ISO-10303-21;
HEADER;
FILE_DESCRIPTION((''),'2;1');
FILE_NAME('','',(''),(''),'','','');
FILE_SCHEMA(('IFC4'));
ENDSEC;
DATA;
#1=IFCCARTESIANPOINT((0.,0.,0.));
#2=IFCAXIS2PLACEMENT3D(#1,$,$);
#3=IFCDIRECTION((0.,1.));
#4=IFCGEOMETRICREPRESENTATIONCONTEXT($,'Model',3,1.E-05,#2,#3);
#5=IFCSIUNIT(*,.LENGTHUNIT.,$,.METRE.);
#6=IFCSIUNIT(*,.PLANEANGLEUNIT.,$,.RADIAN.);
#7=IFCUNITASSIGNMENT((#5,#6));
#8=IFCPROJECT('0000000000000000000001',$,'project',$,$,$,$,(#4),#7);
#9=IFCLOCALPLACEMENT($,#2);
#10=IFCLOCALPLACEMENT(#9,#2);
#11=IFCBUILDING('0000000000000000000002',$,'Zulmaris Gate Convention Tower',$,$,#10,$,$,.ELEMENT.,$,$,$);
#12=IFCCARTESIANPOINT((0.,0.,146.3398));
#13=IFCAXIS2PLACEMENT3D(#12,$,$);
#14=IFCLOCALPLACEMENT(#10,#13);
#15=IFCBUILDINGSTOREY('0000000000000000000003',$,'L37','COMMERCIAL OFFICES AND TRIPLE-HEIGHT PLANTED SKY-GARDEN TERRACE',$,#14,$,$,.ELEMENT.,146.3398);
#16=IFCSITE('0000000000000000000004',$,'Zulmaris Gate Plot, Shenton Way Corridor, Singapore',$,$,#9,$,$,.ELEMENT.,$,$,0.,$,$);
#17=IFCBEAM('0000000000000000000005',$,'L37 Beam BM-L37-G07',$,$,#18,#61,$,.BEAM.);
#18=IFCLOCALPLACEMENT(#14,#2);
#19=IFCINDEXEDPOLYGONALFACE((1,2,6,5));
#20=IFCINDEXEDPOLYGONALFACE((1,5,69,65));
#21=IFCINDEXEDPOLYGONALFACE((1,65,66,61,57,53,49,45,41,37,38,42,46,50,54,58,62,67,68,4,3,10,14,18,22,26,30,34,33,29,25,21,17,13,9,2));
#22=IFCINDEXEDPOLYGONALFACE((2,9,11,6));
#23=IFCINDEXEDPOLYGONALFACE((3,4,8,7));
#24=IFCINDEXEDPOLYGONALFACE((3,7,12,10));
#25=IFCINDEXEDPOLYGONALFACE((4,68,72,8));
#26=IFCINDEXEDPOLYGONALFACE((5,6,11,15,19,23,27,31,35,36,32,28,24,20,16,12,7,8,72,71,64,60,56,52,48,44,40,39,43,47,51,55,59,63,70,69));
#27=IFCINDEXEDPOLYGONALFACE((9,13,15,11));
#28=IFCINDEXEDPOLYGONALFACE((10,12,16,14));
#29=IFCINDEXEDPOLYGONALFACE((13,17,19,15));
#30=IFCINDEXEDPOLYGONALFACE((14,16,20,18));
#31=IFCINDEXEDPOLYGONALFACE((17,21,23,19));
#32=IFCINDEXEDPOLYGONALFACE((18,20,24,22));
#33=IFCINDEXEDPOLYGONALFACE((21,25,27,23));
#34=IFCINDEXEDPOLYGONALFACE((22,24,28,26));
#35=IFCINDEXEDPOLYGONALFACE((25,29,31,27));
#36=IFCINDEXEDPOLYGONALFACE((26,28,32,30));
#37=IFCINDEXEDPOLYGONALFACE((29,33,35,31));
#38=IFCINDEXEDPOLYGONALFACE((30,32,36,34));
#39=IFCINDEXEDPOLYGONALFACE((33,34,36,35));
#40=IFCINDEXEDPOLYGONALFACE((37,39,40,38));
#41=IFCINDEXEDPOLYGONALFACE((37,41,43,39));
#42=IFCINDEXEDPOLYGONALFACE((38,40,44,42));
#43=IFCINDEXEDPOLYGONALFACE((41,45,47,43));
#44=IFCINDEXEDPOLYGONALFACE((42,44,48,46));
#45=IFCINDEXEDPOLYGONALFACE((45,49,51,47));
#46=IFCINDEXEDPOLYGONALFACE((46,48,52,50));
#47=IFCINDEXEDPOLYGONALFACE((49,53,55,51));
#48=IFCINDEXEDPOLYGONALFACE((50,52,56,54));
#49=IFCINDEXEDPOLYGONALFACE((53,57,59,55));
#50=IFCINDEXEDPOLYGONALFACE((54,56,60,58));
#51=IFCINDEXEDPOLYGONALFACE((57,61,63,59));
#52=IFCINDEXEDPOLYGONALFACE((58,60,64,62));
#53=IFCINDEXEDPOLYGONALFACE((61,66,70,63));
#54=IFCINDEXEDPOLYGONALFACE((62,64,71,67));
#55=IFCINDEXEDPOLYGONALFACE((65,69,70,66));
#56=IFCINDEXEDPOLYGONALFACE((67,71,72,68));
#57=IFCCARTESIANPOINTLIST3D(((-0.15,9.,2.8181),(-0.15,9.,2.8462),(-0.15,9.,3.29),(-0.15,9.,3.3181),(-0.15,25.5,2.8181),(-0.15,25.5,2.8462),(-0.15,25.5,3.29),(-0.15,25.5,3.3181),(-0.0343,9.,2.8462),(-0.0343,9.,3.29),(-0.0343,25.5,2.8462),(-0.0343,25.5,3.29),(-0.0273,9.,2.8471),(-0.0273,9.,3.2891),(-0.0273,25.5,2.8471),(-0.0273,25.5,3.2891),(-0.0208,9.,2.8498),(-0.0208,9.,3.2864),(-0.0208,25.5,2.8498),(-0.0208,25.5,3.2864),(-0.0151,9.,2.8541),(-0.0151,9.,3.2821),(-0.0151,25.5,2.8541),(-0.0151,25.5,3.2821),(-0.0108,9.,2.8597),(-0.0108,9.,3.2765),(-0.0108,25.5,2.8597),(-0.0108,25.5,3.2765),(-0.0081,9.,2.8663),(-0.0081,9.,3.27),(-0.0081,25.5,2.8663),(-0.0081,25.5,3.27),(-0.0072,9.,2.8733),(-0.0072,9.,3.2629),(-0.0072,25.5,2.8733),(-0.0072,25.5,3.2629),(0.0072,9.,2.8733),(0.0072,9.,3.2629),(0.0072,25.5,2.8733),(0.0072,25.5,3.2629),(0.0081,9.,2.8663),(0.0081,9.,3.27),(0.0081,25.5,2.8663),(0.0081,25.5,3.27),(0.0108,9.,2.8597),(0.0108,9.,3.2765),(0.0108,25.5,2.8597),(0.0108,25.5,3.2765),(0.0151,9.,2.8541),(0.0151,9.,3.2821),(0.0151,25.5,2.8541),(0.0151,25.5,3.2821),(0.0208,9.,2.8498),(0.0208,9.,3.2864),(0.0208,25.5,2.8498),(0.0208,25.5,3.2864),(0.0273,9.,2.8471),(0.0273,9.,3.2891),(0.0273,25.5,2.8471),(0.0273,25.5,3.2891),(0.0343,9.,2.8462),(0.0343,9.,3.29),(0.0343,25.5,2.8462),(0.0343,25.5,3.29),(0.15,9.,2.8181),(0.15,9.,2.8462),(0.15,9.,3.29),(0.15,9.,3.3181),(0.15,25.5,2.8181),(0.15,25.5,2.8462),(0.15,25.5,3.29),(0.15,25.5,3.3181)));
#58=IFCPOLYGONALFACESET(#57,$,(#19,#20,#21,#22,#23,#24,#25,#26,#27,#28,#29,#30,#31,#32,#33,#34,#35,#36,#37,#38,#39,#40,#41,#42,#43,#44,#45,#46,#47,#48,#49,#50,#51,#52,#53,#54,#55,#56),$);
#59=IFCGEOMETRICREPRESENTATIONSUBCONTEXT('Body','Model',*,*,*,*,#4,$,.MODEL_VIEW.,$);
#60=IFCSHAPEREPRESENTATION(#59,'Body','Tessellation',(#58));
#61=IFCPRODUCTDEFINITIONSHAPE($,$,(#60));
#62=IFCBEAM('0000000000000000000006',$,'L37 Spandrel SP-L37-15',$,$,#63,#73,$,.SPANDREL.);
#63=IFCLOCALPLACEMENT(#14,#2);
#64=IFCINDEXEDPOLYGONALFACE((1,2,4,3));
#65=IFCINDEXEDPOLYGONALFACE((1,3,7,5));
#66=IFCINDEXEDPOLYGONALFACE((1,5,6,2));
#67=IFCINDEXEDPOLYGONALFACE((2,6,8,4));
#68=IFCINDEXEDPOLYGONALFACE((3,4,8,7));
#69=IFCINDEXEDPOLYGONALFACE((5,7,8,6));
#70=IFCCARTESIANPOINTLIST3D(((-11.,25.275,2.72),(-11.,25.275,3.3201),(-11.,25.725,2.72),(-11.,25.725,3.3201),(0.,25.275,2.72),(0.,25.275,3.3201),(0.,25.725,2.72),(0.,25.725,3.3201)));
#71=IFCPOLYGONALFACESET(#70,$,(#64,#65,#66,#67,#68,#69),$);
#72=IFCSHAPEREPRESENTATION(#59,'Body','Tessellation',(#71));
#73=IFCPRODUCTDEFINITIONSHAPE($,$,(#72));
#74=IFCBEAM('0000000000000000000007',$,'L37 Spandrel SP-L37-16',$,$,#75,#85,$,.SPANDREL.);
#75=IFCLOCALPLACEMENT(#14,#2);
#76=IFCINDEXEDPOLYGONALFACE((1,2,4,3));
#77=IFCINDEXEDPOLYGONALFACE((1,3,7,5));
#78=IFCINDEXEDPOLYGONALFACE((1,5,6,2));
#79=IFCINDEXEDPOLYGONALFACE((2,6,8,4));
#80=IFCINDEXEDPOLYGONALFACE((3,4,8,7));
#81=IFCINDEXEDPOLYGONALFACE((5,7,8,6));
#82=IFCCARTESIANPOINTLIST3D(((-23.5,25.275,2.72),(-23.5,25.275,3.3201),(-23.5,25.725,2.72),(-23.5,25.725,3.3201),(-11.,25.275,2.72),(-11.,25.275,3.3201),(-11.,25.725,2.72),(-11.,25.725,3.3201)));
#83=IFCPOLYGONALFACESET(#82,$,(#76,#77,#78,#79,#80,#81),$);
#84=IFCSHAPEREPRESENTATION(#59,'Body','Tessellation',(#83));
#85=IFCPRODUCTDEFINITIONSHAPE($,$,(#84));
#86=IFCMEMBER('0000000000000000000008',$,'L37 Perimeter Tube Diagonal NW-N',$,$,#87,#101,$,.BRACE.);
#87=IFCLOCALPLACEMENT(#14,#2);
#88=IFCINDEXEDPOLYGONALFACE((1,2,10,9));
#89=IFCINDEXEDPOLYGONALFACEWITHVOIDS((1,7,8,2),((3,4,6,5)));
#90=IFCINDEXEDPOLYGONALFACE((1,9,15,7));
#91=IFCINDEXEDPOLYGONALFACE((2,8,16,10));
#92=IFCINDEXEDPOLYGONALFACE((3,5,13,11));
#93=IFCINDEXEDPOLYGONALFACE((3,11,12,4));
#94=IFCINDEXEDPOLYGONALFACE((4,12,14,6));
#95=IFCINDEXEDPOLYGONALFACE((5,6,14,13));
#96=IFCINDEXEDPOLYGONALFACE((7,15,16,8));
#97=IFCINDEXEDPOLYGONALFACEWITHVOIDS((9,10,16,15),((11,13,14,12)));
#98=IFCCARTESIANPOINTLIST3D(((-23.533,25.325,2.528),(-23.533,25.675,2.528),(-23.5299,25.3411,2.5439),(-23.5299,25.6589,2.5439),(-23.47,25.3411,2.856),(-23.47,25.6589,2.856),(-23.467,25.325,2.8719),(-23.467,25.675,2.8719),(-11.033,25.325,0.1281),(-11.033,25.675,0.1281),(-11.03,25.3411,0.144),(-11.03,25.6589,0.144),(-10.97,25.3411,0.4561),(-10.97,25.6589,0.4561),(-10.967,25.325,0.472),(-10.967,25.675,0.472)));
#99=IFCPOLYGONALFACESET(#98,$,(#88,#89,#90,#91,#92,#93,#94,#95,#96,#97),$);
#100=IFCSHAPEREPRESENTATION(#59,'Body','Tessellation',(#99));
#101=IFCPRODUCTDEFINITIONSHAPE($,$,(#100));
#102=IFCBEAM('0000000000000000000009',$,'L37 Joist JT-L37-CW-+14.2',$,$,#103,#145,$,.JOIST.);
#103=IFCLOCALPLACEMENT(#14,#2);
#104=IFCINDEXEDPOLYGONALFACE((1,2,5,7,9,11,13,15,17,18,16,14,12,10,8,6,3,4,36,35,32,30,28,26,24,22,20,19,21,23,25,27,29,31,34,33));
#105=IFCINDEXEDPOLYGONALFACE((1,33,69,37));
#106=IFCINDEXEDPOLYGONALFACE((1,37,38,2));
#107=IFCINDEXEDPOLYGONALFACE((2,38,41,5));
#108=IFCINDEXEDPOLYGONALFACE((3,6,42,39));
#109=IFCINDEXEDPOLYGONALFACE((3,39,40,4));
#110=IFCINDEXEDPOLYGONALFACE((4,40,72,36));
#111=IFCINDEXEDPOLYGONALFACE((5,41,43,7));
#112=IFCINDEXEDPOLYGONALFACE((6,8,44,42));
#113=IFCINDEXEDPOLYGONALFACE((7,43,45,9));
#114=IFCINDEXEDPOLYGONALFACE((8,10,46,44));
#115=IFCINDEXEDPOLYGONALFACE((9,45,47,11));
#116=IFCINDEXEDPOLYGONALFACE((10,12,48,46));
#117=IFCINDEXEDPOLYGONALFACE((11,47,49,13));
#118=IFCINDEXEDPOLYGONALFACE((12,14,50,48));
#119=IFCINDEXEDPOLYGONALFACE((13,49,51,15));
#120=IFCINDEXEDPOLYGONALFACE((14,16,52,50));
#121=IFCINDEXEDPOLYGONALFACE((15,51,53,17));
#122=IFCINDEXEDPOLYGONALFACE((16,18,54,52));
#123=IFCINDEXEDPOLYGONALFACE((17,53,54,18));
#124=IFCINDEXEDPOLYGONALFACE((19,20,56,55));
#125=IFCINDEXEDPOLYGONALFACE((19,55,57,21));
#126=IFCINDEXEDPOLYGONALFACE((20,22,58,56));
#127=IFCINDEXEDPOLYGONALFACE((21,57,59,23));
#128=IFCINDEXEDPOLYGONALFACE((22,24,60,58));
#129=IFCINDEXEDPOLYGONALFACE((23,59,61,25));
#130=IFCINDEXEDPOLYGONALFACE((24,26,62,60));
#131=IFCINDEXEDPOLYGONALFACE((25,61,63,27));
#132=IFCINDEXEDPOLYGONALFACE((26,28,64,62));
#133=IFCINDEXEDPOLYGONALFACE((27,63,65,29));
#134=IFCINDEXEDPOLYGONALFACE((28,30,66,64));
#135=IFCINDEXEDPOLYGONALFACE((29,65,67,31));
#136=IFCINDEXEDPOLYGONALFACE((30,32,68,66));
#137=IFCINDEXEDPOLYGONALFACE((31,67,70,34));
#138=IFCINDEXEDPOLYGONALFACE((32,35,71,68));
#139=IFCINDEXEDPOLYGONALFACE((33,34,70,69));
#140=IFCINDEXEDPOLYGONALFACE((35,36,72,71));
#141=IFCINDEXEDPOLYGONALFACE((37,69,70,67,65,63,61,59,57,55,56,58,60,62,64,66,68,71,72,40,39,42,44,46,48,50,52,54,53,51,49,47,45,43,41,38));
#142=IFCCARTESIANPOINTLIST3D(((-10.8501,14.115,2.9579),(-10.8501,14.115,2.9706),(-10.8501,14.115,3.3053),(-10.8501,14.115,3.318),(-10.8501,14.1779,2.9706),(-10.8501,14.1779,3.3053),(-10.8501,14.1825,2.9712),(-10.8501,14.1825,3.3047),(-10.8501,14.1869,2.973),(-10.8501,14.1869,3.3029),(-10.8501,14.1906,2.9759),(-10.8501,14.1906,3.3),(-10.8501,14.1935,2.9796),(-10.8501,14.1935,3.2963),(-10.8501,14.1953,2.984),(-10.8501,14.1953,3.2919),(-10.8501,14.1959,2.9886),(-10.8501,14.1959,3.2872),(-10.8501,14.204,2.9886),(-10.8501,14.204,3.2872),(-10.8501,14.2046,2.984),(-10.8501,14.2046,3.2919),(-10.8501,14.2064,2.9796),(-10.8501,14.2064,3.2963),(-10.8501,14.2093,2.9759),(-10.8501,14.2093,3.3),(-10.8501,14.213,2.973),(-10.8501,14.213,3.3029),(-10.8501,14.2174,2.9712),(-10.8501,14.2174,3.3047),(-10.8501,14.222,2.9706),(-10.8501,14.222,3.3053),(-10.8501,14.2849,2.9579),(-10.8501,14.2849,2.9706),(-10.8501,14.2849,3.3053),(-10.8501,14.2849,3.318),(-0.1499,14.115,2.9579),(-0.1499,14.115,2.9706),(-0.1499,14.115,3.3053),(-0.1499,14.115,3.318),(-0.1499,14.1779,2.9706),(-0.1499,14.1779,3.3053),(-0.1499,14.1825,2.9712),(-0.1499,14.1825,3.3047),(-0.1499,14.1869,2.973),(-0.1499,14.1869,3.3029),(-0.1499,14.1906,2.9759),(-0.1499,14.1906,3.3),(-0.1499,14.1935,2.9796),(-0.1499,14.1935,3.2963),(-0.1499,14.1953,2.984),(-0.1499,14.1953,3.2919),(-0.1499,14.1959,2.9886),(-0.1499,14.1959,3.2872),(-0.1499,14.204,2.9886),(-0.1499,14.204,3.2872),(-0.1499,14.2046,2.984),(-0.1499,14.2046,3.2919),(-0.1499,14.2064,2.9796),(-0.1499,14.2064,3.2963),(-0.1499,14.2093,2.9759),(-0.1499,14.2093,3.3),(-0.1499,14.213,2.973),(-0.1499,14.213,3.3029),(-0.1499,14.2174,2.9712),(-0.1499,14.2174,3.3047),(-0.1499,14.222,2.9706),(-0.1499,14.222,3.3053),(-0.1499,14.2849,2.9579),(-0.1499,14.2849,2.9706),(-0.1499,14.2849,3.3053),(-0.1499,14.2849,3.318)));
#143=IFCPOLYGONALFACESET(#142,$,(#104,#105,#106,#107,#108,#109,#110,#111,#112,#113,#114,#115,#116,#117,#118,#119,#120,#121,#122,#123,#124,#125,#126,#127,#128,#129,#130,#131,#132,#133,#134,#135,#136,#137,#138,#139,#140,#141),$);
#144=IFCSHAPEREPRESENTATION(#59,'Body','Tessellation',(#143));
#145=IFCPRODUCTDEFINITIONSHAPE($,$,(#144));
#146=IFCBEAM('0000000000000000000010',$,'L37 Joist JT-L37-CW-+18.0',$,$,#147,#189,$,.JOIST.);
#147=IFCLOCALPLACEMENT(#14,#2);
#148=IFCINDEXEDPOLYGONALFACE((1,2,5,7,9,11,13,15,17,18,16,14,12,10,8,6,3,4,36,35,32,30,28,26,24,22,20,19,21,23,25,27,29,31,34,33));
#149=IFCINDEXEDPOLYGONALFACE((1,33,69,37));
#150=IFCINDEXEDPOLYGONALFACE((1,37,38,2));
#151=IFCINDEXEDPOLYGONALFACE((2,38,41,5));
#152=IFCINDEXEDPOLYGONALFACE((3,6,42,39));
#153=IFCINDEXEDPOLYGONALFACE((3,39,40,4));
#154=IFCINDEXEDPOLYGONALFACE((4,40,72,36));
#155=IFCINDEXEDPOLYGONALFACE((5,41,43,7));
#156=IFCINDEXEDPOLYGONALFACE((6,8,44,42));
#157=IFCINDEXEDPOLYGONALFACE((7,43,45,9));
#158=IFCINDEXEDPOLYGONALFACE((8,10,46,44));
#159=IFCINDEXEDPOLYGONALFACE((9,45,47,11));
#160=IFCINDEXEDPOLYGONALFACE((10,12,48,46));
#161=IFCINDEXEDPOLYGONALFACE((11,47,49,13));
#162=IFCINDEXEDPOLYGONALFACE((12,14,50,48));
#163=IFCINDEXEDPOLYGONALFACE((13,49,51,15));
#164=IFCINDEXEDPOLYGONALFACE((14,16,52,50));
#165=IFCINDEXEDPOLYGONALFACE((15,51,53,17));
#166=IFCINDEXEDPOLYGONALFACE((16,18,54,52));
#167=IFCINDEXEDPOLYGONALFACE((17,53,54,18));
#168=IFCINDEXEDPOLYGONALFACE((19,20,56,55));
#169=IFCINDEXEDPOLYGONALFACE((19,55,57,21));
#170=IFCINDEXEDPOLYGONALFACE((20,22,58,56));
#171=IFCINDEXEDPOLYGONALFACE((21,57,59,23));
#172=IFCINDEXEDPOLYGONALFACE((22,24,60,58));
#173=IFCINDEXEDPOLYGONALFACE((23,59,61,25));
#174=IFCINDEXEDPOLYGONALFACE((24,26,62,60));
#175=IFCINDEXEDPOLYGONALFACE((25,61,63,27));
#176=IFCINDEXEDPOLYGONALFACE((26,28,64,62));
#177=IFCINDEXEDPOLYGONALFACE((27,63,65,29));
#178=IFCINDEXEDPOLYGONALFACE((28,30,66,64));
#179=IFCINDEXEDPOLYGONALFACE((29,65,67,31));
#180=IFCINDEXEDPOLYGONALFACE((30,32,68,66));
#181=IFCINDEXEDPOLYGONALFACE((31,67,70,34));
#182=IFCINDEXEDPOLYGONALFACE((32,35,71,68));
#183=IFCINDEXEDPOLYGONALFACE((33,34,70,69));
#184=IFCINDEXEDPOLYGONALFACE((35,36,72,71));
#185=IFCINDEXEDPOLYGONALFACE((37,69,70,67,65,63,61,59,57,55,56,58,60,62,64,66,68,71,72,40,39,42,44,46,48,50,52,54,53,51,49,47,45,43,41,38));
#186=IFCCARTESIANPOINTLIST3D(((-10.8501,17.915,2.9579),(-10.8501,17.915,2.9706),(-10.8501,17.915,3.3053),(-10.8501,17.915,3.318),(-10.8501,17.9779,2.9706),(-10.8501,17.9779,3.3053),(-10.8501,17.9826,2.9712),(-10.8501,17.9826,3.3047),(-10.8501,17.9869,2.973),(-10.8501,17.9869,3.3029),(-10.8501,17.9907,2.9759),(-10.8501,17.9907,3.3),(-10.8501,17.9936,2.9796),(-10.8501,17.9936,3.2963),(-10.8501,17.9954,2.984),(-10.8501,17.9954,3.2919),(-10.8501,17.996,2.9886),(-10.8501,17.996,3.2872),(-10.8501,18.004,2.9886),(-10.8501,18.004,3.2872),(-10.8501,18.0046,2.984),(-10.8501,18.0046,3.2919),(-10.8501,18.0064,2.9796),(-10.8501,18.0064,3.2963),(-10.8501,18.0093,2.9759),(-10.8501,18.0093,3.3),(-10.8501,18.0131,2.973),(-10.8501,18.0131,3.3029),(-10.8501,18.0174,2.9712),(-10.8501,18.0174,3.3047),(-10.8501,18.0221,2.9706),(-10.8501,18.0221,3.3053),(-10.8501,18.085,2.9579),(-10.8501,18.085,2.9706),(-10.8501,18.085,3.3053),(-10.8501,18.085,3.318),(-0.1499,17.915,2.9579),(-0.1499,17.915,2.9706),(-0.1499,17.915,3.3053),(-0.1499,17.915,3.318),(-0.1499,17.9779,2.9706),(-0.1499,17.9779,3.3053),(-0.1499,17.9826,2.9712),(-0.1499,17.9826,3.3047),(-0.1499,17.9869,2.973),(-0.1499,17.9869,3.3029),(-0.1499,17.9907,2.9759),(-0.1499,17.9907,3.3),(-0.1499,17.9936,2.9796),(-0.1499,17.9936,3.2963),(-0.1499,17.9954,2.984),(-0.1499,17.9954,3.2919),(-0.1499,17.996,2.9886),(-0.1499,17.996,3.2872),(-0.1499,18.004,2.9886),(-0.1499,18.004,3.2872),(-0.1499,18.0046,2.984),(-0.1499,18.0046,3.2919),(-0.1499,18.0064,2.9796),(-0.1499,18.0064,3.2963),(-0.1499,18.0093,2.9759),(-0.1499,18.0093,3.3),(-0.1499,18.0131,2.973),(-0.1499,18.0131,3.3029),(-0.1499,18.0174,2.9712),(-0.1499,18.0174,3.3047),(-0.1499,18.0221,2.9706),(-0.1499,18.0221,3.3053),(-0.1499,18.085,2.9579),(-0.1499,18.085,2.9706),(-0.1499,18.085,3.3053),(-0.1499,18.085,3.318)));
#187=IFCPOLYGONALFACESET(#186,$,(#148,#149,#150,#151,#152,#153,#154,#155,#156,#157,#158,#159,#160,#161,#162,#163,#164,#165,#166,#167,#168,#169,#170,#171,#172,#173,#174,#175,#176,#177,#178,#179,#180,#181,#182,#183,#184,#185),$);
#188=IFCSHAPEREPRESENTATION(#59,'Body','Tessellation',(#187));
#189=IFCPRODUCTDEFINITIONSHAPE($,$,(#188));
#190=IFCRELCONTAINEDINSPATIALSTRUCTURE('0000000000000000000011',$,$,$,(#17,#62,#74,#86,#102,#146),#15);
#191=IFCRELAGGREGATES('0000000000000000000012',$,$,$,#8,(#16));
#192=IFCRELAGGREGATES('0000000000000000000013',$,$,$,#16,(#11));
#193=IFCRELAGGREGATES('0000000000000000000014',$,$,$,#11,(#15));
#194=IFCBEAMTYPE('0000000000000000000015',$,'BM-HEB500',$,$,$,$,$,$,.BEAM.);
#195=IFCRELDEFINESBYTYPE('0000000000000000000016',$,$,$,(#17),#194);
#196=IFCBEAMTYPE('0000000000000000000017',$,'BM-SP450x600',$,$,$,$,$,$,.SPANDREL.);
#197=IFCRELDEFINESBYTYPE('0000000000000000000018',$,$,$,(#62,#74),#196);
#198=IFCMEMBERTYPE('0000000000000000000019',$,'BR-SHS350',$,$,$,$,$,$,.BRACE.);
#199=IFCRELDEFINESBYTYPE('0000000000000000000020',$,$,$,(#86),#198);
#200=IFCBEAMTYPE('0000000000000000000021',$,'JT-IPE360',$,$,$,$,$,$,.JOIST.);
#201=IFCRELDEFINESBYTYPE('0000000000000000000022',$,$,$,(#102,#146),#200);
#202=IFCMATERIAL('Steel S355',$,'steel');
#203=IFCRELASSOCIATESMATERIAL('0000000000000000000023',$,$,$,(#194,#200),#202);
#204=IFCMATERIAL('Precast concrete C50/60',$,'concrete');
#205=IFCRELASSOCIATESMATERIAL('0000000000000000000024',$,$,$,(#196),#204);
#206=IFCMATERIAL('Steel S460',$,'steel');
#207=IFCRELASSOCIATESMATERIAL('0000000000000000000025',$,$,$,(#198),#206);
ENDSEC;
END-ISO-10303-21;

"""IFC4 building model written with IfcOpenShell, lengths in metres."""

from ifc_helpers import new_model, si_unit, direction, frame, origin, origin_2d, place, context, subcontext, project, spatial, rectangle, hollow_rectangle, i_section, extrude, material, material_profile, profile_set, type_object, element, save


model = new_model("IFC4")

# Units and contexts
model_context = context("Model", 3, precision=1e-05, world=origin(), true_north=direction((0.0, 1.0)))
body_context = subcontext(model_context, "Body", "Model", "MODEL_VIEW")
ifc_project = project(units=[si_unit("LENGTHUNIT", "METRE"), si_unit("PLANEANGLEUNIT", "RADIAN")], contexts=[model_context])

# Site, building, storey
site_placement = place(None, origin())
site = spatial("IfcSite", under=ifc_project, at=site_placement, Name="Zulmaris Gate Plot, Shenton Way Corridor, Singapore", CompositionType="ELEMENT", RefElevation=0.0)
building_placement = place(site_placement, origin())
building = spatial("IfcBuilding", under=site, at=building_placement, Name="Zulmaris Gate Convention Tower", CompositionType="ELEMENT")
storey_placement = place(building_placement, frame((0.0, 0.0, 146.3398)))
storey = spatial("IfcBuildingStorey", under=building, at=storey_placement, Name="L37", Description="COMMERCIAL OFFICES AND TRIPLE-HEIGHT PLANTED SKY-GARDEN TERRACE", CompositionType="ELEMENT", Elevation=146.3398)

# Beams
ifc_material_1 = material(Name="Steel S355", Category="steel")
ifc_material_profile_1 = material_profile(ifc_material_1, i_section(OverallWidth=0.3, OverallDepth=0.5, WebThickness=0.0144, FlangeThickness=0.0281, FilletRadius=0.0271, at=origin_2d()), Name="HEB 500")
ifc_profile_set_1 = profile_set([ifc_material_profile_1], Name="Steel S355")
beam_type_1 = type_object("IfcBeamType", Name="BM-HEB500", PredefinedType="BEAM", material=ifc_profile_set_1)
beam_1_placement = place(storey_placement, frame((0.0, 9.0, 3.0681), z_axis=(0.0, 1.0, 0.0), x_axis=(-1.0, 0.0, 0.0)))
element("IfcBeam", 1, at=beam_1_placement, inside=storey, type_object=beam_type_1, Name="L37 Beam BM-L37-G07", PredefinedType="BEAM", context=body_context, shape_type="SweptSolid", body=[
    extrude(i_section(OverallWidth=0.3, OverallDepth=0.5, WebThickness=0.0144, FlangeThickness=0.0281, FilletRadius=0.0271, at=origin_2d()), origin(), (0.0, 0.0, 1.0), 16.5),
])
ifc_material_2 = material(Name="Precast concrete C50/60", Category="concrete")
ifc_material_profile_2 = material_profile(ifc_material_2, rectangle(XDim=0.45, YDim=0.6001, at=origin_2d()), Name="RC SPANDREL 450x600")
ifc_profile_set_2 = profile_set([ifc_material_profile_2], Name="Precast concrete C50/60")
beam_type_2 = type_object("IfcBeamType", Name="BM-SP450x600", PredefinedType="SPANDREL", material=ifc_profile_set_2)
beam_2_placement = place(storey_placement, frame((0.0, 25.5, 3.02), z_axis=(-1.0, 0.0, 0.0), x_axis=(0.0, -1.0, 0.0)))
element("IfcBeam", 2, at=beam_2_placement, inside=storey, type_object=beam_type_2, Name="L37 Spandrel SP-L37-15", PredefinedType="SPANDREL", context=body_context, shape_type="SweptSolid", body=[
    extrude(rectangle(XDim=0.45, YDim=0.6001, at=origin_2d()), origin(), (0.0, 0.0, 1.0), 11.0),
])
beam_3_placement = place(storey_placement, frame((-11.0, 25.5, 3.02), z_axis=(-1.0, 0.0, 0.0), x_axis=(0.0, -1.0, 0.0)))
element("IfcBeam", 3, at=beam_3_placement, inside=storey, type_object=beam_type_2, Name="L37 Spandrel SP-L37-16", PredefinedType="SPANDREL", context=body_context, shape_type="SweptSolid", body=[
    extrude(rectangle(XDim=0.45, YDim=0.6001, at=origin_2d()), origin(), (0.0, 0.0, 1.0), 12.5),
])

# Member
ifc_material_3 = material(Name="Steel S460", Category="steel")
ifc_material_profile_3 = material_profile(ifc_material_3, hollow_rectangle(XDim=0.3501, YDim=0.3501, WallThickness=0.0161, at=origin_2d()), Name="SHS 350x350x16")
ifc_profile_set_3 = profile_set([ifc_material_profile_3], Name="Steel S460")
member_type = type_object("IfcMemberType", Name="BR-SHS350", PredefinedType="BRACE", material=ifc_profile_set_3)
member_placement = place(storey_placement, frame((-11.0, 25.5, 0.3), z_axis=(-0.982064, 0.0, 0.188549), x_axis=(0.0, -1.0, 0.0)))
element("IfcMember", 4, at=member_placement, inside=storey, type_object=member_type, Name="L37 Perimeter Tube Diagonal NW-N", PredefinedType="BRACE", context=body_context, shape_type="SweptSolid", body=[
    extrude(hollow_rectangle(XDim=0.3501, YDim=0.3501, WallThickness=0.0161, at=origin_2d()), origin(), (0.0, 0.0, 1.0), 12.7283),
])

# Beams
ifc_material_profile_4 = material_profile(ifc_material_1, i_section(OverallWidth=0.1699, OverallDepth=0.3601, WebThickness=0.0081, FlangeThickness=0.0127, FilletRadius=0.0181, at=origin_2d()), Name="IPE 360")
ifc_profile_set_4 = profile_set([ifc_material_profile_4], Name="Steel S355")
beam_type_3 = type_object("IfcBeamType", Name="JT-IPE360", PredefinedType="JOIST", material=ifc_profile_set_4)
for number, where, z_axis, x_axis, name in (
    (5, (-10.8501, 14.2, 3.1379), (1.0, 0.0, 0.0), (0.0, 1.0, 0.0), "L37 Joist JT-L37-CW-+14.2"),
    (6, (-10.8501, 18.0, 3.1379), (1.0, 0.0, 0.0), (0.0, 1.0, 0.0), "L37 Joist JT-L37-CW-+18.0"),
):
    element("IfcBeam", number, at=place(storey_placement, frame(where, z_axis=z_axis, x_axis=x_axis)), inside=storey, type_object=beam_type_3, Name=name, PredefinedType="JOIST", context=body_context, shape_type="SweptSolid", body=[
        extrude(i_section(OverallWidth=0.1699, OverallDepth=0.3601, WebThickness=0.0081, FlangeThickness=0.0127, FilletRadius=0.0181, at=origin_2d()), origin(), (0.0, 0.0, 1.0), 10.7002),
    ])

save(model, "model.ifc")
